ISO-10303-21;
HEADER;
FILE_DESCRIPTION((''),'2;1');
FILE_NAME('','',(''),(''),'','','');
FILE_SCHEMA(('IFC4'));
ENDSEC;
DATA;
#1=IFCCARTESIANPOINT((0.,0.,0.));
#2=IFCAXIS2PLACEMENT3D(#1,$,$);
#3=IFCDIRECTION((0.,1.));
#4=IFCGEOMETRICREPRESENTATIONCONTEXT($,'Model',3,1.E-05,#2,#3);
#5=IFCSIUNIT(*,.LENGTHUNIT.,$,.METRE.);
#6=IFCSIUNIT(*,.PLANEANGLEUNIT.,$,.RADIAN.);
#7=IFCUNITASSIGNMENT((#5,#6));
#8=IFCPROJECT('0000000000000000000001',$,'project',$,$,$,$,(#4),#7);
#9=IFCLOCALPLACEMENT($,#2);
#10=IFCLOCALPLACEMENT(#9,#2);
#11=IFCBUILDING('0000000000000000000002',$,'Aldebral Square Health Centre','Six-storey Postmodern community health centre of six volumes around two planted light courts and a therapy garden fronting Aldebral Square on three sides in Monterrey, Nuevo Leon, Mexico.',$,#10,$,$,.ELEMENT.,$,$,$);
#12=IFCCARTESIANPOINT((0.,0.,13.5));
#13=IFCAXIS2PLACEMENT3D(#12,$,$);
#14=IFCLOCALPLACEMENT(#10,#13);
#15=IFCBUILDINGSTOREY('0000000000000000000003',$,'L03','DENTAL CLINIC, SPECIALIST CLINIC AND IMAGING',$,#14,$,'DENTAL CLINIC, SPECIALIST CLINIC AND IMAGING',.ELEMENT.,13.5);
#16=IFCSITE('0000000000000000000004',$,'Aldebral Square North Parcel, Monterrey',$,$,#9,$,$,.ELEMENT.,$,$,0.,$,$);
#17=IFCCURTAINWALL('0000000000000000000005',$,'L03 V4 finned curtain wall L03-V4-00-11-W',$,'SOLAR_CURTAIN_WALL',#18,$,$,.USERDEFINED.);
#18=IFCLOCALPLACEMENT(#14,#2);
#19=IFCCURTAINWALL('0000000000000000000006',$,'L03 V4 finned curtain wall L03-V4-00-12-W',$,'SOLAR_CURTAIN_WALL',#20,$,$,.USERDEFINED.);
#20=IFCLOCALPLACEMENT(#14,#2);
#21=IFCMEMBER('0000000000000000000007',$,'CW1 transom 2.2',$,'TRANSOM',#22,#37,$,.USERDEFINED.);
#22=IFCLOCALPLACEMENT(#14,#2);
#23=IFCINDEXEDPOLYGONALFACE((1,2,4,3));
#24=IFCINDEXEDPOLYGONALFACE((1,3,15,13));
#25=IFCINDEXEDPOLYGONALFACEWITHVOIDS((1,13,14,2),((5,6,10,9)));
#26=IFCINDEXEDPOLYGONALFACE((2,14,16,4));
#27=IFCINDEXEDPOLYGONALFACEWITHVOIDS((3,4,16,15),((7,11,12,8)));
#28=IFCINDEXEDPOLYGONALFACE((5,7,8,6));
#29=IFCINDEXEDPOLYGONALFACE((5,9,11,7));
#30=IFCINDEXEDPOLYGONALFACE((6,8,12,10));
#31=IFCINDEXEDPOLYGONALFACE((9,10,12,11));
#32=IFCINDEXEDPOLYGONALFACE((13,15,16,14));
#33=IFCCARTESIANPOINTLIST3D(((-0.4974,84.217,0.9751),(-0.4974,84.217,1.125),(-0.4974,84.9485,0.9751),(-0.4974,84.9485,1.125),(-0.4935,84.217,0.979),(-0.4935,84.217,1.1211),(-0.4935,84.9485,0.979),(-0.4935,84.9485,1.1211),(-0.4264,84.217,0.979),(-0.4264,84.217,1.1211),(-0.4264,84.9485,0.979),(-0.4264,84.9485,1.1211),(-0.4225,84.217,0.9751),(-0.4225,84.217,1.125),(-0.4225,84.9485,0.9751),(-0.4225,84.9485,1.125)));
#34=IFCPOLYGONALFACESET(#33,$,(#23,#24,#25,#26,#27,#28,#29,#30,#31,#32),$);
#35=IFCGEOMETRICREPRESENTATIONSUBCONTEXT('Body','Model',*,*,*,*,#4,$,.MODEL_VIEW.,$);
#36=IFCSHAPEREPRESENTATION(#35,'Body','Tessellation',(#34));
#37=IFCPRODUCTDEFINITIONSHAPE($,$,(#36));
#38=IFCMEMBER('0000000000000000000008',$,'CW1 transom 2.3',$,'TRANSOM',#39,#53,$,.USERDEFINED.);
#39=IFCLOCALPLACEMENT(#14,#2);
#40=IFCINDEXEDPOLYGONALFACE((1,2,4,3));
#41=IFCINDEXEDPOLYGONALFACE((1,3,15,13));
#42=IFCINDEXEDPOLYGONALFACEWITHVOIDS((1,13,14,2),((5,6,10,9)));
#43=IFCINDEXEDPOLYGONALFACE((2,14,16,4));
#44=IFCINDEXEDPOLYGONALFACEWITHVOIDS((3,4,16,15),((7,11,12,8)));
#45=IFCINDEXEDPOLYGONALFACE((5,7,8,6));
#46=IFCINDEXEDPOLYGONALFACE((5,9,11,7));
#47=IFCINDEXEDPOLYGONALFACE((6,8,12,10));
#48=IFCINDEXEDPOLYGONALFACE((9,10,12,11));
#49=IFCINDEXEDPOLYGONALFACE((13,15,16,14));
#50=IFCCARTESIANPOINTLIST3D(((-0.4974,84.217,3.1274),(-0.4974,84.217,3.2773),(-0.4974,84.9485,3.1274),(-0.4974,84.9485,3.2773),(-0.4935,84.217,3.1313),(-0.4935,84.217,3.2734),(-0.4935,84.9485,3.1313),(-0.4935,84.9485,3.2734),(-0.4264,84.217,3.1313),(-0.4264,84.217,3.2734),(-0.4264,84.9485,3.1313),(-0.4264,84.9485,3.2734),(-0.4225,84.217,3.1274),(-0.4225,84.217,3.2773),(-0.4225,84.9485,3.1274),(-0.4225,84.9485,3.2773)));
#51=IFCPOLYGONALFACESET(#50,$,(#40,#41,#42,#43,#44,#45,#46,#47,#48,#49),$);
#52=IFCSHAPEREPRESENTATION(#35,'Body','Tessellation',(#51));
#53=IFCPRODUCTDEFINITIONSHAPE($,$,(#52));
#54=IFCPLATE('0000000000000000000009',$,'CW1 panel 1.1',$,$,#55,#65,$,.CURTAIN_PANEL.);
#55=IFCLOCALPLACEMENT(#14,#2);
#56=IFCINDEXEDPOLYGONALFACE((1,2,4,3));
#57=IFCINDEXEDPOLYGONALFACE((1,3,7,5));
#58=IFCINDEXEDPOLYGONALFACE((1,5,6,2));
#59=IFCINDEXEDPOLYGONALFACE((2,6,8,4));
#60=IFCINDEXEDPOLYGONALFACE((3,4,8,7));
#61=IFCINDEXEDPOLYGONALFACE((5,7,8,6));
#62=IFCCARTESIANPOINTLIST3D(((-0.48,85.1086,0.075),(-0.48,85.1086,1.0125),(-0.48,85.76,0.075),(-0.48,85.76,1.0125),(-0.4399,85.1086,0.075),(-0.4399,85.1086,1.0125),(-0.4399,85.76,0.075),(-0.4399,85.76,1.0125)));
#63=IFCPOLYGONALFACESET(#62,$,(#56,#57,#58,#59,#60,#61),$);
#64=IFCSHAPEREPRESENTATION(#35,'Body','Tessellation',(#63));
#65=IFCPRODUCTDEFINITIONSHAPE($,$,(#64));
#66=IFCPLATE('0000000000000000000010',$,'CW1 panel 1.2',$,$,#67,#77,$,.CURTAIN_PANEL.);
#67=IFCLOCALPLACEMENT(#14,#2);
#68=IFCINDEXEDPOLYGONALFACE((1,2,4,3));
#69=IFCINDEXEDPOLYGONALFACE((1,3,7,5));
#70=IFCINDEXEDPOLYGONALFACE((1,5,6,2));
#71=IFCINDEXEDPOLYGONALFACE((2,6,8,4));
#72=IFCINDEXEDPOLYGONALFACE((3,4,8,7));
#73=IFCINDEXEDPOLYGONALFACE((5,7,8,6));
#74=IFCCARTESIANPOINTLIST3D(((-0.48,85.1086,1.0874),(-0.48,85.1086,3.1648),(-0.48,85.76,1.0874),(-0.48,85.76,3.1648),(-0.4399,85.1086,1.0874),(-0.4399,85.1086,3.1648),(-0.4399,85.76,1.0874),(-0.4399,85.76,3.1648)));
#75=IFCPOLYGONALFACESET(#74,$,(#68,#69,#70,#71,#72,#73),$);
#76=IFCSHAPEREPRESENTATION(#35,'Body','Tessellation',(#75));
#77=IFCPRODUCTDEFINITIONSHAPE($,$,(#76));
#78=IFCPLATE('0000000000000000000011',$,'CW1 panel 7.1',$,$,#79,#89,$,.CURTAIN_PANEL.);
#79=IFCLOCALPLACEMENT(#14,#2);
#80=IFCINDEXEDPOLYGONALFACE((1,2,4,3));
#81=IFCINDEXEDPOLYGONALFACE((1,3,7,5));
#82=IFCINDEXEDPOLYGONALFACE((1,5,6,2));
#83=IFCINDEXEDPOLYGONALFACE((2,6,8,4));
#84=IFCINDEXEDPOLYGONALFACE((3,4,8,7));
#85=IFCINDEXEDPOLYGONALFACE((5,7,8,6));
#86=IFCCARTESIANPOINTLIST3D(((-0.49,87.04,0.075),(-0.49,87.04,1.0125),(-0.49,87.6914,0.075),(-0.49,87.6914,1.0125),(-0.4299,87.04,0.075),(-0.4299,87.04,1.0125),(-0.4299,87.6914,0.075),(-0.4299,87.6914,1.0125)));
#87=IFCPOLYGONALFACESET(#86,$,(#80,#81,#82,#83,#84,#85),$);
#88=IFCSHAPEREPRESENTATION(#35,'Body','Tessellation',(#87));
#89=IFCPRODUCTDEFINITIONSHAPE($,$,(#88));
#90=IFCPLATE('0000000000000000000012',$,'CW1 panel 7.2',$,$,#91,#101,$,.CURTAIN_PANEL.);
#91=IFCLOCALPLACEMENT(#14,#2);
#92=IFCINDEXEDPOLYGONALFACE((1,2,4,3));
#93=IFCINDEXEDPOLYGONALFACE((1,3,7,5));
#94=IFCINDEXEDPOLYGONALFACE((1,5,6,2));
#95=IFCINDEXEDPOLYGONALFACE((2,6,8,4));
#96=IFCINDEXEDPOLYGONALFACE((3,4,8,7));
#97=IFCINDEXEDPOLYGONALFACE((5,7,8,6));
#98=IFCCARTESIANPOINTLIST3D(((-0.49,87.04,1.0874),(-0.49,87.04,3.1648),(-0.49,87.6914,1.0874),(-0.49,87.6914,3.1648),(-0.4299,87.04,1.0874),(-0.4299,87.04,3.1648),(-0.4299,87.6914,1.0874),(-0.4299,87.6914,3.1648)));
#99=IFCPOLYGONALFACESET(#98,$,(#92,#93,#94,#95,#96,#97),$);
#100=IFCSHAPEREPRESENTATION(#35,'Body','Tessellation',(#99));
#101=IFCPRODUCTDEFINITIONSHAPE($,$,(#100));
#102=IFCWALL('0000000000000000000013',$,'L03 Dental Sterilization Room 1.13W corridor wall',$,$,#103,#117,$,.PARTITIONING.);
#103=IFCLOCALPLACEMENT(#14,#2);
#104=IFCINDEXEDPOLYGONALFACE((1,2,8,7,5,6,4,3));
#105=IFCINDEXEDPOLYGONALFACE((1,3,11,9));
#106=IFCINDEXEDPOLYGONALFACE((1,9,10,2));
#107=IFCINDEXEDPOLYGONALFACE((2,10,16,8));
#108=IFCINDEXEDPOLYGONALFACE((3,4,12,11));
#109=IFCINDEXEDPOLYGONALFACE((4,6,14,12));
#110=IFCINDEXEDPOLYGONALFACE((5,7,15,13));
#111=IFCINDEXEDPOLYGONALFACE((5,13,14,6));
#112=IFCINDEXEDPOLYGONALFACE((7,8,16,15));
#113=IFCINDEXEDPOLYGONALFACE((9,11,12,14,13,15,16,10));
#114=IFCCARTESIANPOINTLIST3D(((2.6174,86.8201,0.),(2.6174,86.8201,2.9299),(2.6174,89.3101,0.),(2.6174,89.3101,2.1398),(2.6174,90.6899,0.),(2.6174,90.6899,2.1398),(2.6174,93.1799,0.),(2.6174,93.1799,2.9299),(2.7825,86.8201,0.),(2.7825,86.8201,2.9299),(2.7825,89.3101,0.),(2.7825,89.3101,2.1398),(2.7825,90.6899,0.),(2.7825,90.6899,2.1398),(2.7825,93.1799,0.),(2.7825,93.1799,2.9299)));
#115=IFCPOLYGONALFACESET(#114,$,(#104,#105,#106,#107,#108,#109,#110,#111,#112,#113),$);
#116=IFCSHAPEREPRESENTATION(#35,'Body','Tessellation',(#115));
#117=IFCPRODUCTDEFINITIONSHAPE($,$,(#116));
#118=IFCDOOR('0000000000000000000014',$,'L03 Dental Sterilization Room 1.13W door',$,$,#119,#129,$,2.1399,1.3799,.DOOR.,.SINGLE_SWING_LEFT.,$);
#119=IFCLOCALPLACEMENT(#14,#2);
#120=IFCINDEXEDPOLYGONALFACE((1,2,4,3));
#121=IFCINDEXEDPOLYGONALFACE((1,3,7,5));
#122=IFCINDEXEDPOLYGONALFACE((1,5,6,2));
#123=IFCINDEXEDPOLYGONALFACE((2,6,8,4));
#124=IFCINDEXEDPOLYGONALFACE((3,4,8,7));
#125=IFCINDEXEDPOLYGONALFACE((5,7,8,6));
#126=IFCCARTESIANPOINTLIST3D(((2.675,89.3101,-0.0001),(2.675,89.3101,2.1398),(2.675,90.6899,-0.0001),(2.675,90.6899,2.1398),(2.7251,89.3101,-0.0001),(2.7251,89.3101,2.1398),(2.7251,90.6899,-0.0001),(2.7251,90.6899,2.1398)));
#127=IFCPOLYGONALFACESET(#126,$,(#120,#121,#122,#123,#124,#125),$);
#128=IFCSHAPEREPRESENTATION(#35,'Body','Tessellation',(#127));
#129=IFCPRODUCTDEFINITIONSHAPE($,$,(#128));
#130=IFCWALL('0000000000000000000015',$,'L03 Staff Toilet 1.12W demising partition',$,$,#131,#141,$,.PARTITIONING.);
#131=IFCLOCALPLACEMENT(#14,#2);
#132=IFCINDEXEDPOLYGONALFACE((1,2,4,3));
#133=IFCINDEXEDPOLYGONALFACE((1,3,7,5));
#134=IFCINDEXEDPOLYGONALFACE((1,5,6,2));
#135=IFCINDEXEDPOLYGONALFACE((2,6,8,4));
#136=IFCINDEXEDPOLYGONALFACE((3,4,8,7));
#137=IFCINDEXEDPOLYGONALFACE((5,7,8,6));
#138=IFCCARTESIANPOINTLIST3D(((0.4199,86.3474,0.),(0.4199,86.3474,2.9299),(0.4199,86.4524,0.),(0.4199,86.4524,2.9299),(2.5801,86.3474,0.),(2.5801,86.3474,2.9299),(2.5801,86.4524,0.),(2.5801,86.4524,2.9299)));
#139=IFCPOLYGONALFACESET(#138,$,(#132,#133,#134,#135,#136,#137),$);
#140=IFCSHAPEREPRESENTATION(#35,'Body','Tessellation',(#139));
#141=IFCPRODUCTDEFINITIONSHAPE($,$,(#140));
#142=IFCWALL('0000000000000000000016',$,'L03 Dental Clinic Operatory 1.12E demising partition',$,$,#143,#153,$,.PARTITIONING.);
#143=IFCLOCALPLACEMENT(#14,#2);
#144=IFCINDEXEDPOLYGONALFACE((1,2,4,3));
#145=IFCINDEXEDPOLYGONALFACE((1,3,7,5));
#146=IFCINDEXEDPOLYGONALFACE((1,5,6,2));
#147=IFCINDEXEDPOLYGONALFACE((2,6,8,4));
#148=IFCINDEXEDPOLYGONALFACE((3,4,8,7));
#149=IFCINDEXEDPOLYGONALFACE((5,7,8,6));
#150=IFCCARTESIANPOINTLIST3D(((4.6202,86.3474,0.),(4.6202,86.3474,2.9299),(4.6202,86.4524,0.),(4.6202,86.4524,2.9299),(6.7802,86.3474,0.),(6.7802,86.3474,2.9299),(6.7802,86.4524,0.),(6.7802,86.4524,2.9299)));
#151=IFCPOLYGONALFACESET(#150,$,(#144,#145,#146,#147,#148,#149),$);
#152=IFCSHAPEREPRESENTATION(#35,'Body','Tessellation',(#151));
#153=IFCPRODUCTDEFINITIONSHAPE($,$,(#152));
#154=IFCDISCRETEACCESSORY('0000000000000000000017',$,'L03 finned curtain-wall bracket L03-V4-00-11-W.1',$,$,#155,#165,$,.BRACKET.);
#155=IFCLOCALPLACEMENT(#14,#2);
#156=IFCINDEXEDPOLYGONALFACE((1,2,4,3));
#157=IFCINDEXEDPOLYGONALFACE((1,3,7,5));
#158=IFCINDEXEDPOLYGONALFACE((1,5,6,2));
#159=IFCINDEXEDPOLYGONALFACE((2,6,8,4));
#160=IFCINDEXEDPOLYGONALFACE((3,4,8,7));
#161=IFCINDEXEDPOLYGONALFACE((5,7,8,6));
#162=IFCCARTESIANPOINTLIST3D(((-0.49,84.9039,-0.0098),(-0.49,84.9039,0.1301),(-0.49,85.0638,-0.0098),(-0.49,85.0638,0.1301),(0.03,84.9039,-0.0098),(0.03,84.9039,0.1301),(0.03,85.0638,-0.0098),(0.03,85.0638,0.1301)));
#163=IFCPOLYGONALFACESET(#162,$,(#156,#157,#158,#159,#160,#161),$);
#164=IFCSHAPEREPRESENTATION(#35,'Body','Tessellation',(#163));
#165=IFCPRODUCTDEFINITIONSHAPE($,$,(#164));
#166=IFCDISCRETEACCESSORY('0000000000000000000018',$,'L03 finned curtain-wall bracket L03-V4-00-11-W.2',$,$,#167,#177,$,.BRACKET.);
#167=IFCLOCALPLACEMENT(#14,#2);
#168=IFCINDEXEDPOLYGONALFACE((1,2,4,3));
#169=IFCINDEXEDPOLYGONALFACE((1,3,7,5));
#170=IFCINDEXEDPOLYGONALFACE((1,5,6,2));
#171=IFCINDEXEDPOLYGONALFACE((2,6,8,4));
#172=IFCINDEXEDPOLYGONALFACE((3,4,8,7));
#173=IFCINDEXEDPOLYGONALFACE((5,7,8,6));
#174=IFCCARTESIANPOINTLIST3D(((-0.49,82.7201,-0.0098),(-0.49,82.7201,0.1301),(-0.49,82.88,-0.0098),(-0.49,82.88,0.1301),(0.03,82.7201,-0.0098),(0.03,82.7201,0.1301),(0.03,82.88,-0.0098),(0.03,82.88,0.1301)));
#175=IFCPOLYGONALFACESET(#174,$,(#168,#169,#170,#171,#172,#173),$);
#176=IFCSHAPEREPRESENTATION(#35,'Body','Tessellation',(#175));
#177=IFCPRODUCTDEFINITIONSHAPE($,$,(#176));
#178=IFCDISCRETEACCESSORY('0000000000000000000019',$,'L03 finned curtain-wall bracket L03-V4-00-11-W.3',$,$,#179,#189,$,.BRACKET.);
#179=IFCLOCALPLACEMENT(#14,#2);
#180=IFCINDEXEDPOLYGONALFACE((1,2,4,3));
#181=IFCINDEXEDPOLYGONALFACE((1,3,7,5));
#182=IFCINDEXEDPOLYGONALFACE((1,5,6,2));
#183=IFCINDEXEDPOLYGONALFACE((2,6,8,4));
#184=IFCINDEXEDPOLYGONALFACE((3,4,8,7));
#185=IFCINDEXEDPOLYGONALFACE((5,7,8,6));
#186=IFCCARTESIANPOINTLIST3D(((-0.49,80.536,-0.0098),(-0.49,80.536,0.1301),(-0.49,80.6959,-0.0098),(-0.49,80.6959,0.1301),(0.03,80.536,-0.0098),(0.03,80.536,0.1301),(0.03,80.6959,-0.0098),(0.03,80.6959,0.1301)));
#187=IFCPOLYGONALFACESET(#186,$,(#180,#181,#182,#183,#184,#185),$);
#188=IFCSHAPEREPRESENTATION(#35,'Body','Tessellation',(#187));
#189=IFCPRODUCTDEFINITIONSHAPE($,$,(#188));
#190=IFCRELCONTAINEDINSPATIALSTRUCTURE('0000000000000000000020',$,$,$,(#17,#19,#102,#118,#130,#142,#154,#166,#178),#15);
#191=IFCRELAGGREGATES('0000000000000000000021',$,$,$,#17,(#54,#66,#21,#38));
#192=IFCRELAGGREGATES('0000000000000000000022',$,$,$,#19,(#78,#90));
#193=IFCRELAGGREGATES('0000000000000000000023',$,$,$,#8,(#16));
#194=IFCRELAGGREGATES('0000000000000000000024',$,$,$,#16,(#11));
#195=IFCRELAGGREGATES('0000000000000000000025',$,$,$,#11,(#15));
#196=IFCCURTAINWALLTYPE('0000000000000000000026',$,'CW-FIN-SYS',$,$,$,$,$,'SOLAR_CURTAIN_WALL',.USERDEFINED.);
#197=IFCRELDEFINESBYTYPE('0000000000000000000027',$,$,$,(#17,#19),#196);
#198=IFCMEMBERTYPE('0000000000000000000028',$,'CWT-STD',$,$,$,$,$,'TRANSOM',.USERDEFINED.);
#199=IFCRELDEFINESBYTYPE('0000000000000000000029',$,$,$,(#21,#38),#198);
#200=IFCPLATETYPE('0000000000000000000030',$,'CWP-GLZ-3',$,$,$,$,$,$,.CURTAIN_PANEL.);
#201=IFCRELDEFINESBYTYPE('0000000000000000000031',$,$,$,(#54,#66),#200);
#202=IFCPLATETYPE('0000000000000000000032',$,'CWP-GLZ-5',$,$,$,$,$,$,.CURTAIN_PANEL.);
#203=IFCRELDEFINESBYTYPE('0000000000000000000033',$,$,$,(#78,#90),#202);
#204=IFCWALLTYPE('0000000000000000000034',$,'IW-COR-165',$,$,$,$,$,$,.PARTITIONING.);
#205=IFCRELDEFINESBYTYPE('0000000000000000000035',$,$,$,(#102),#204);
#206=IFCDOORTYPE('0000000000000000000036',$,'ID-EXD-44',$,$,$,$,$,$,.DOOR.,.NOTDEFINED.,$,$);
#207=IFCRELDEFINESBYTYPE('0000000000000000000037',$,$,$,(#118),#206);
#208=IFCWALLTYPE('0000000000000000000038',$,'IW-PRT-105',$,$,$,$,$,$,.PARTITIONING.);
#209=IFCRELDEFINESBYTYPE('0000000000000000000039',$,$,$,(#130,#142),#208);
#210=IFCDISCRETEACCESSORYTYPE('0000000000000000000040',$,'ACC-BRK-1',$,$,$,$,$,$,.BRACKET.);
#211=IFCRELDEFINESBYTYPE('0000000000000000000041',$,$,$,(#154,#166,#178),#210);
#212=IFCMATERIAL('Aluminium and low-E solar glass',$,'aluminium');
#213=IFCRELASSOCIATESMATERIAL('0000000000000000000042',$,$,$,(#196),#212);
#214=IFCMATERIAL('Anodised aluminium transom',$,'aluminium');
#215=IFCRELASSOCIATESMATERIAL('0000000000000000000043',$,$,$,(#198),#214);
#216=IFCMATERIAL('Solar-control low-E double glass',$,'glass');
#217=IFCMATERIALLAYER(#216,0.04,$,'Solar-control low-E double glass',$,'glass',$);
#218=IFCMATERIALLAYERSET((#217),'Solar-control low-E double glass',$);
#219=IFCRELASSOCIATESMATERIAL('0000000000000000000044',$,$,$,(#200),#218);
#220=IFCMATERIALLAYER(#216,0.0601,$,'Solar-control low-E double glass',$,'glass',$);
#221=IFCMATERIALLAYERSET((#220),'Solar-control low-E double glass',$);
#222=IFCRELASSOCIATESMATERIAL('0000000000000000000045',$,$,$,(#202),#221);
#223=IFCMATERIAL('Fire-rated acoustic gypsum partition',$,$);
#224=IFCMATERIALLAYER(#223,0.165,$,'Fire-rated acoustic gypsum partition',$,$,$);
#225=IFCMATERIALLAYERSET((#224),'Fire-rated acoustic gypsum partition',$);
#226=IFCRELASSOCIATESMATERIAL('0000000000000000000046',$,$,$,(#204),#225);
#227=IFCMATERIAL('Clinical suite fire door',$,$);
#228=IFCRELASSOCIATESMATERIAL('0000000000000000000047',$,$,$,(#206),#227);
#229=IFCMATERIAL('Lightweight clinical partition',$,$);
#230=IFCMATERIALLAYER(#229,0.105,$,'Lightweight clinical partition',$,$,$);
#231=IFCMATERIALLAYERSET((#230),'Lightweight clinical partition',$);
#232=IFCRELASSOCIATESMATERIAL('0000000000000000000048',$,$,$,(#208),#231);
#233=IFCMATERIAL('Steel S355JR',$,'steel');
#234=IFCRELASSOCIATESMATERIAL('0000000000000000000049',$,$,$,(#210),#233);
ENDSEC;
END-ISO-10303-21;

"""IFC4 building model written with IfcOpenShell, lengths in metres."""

from ifc_helpers import new_model, si_unit, direction, frame, frame_2d, origin, origin_2d, place, context, subcontext, project, spatial, rectangle, hollow_rectangle, extrude, material, layer, layer_set, material_profile, profile_set, type_object, element, fill, aggregate, save


model = new_model("IFC4")

# Units and contexts
model_context = context("Model", 3, precision=1e-05, world=origin(), true_north=direction((0.0, 1.0)))
body_context = subcontext(model_context, "Body", "Model", "MODEL_VIEW")
ifc_project = project(units=[si_unit("LENGTHUNIT", "METRE"), si_unit("PLANEANGLEUNIT", "RADIAN")], contexts=[model_context])

# Site, building, storey
site_placement = place(None, origin())
site = spatial("IfcSite", under=ifc_project, at=site_placement, Name="Aldebral Square North Parcel, Monterrey", CompositionType="ELEMENT", RefElevation=0.0)
building_placement = place(site_placement, origin())
building = spatial("IfcBuilding", under=site, at=building_placement, Name="Aldebral Square Health Centre", Description="Six-storey Postmodern community health centre of six volumes around two planted light courts and a therapy garden fronting Aldebral Square on three sides in Monterrey, Nuevo Leon, Mexico.", CompositionType="ELEMENT")
storey_placement = place(building_placement, frame((0.0, 0.0, 13.5)))
storey = spatial("IfcBuildingStorey", under=building, at=storey_placement, Name="L03", Description="DENTAL CLINIC, SPECIALIST CLINIC AND IMAGING", LongName="DENTAL CLINIC, SPECIALIST CLINIC AND IMAGING", CompositionType="ELEMENT", Elevation=13.5)

# Curtain wall
ifc_material_1 = material(Name="Aluminium and low-E solar glass", Category="aluminium")
curtain_wall_type = type_object("IfcCurtainWallType", Name="CW-FIN-SYS", ElementType="SOLAR_CURTAIN_WALL", PredefinedType="USERDEFINED", material=ifc_material_1)
curtain_wall_1_placement = place(storey_placement, origin())
curtain_wall_1 = element("IfcCurtainWall", 1, at=curtain_wall_1_placement, inside=storey, type_object=curtain_wall_type, Name="L03 V4 finned curtain wall L03-V4-00-11-W", ObjectType="SOLAR_CURTAIN_WALL", PredefinedType="USERDEFINED")

# Curtain wall
curtain_wall_2_placement = place(storey_placement, origin())
curtain_wall_2 = element("IfcCurtainWall", 2, at=curtain_wall_2_placement, inside=storey, type_object=curtain_wall_type, Name="L03 V4 finned curtain wall L03-V4-00-12-W", ObjectType="SOLAR_CURTAIN_WALL", PredefinedType="USERDEFINED")

# Members
ifc_material_2 = material(Name="Anodised aluminium transom", Category="aluminium")
ifc_material_profile_1 = material_profile(ifc_material_2, hollow_rectangle(XDim=0.075, YDim=0.1499, WallThickness=0.0039, at=origin_2d()), Name="CWT 75x150x4")
ifc_profile_set_1 = profile_set([ifc_material_profile_1], Name="Anodised aluminium transom")
member_type_1 = type_object("IfcMemberType", Name="CWT-STD", ElementType="TRANSOM", PredefinedType="USERDEFINED", material=ifc_profile_set_1)
member_1_placement = place(storey_placement, frame((-0.46, 84.9485, 1.05), z_axis=(0.0, -1.0, 0.0), x_axis=(1.0, 0.0, 0.0)))
member_1 = element("IfcMember", 3, at=member_1_placement, type_object=member_type_1, Name="CW1 transom 2.2", ObjectType="TRANSOM", PredefinedType="USERDEFINED", context=body_context, shape_type="SweptSolid", body=[
    extrude(hollow_rectangle(XDim=0.075, YDim=0.1499, WallThickness=0.0039, at=origin_2d()), origin(), (0.0, 0.0, 1.0), 0.7314),
])
member_2_placement = place(storey_placement, frame((-0.46, 84.9485, 3.2024), z_axis=(0.0, -1.0, 0.0), x_axis=(1.0, 0.0, 0.0)))
member_2 = element("IfcMember", 4, at=member_2_placement, type_object=member_type_1, Name="CW1 transom 2.3", ObjectType="TRANSOM", PredefinedType="USERDEFINED", context=body_context, shape_type="SweptSolid", body=[
    extrude(hollow_rectangle(XDim=0.075, YDim=0.1499, WallThickness=0.0039, at=origin_2d()), origin(), (0.0, 0.0, 1.0), 0.7314),
])

# Plates
ifc_material_3 = material(Name="Solar-control low-E double glass", Category="glass")
ifc_layer_1 = layer(ifc_material_3, 0.04, Name="Solar-control low-E double glass", Category="glass")
ifc_layer_set_1 = layer_set([ifc_layer_1], Name="Solar-control low-E double glass")
plate_type_1 = type_object("IfcPlateType", Name="CWP-GLZ-3", PredefinedType="CURTAIN_PANEL", material=ifc_layer_set_1)
plate_1_placement = place(storey_placement, frame((-0.46, 85.4343, 0.075), z_axis=(0.0, 0.0, 1.0), x_axis=(0.0, -1.0, 0.0)))
plate_1 = element("IfcPlate", 5, at=plate_1_placement, type_object=plate_type_1, Name="CW1 panel 1.1", PredefinedType="CURTAIN_PANEL", context=body_context, shape_type="SweptSolid", body=[
    extrude(rectangle(XDim=0.6514, YDim=0.04, at=origin_2d()), origin(), (0.0, 0.0, 1.0), 0.9375),
])
plate_2_placement = place(storey_placement, frame((-0.46, 85.4343, 1.0874), z_axis=(0.0, 0.0, 1.0), x_axis=(0.0, -1.0, 0.0)))
plate_2 = element("IfcPlate", 6, at=plate_2_placement, type_object=plate_type_1, Name="CW1 panel 1.2", PredefinedType="CURTAIN_PANEL", context=body_context, shape_type="SweptSolid", body=[
    extrude(rectangle(XDim=0.6514, YDim=0.04, at=origin_2d()), origin(), (0.0, 0.0, 1.0), 2.0774),
])
aggregate(curtain_wall_1, [plate_1, plate_2, member_1, member_2])
ifc_layer_2 = layer(ifc_material_3, 0.0601, Name="Solar-control low-E double glass", Category="glass")
ifc_layer_set_2 = layer_set([ifc_layer_2], Name="Solar-control low-E double glass")
plate_type_2 = type_object("IfcPlateType", Name="CWP-GLZ-5", PredefinedType="CURTAIN_PANEL", material=ifc_layer_set_2)
plate_3_placement = place(storey_placement, frame((-0.46, 87.3657, 0.075), z_axis=(0.0, 0.0, 1.0), x_axis=(0.0, -1.0, 0.0)))
plate_3 = element("IfcPlate", 7, at=plate_3_placement, type_object=plate_type_2, Name="CW1 panel 7.1", PredefinedType="CURTAIN_PANEL", context=body_context, shape_type="SweptSolid", body=[
    extrude(rectangle(XDim=0.6514, YDim=0.0601, at=origin_2d()), origin(), (0.0, 0.0, 1.0), 0.9375),
])
plate_4_placement = place(storey_placement, frame((-0.46, 87.3657, 1.0874), z_axis=(0.0, 0.0, 1.0), x_axis=(0.0, -1.0, 0.0)))
plate_4 = element("IfcPlate", 8, at=plate_4_placement, type_object=plate_type_2, Name="CW1 panel 7.2", PredefinedType="CURTAIN_PANEL", context=body_context, shape_type="SweptSolid", body=[
    extrude(rectangle(XDim=0.6514, YDim=0.0601, at=origin_2d()), origin(), (0.0, 0.0, 1.0), 2.0774),
])
aggregate(curtain_wall_2, [plate_3, plate_4])

# Wall, opening, door
ifc_material_4 = material(Name="Fire-rated acoustic gypsum partition")
ifc_layer_3 = layer(ifc_material_4, 0.165, Name="Fire-rated acoustic gypsum partition")
ifc_layer_set_3 = layer_set([ifc_layer_3], Name="Fire-rated acoustic gypsum partition")
wall_type_1 = type_object("IfcWallType", Name="IW-COR-165", PredefinedType="PARTITIONING", material=ifc_layer_set_3)
wall_1_placement = place(storey_placement, frame((2.7, 86.8201, 0.0), z_axis=(0.0, 0.0, 1.0), x_axis=(0.0, 1.0, 0.0)))
wall_1 = element("IfcWall", 9, at=wall_1_placement, inside=storey, type_object=wall_type_1, Name="L03 Dental Sterilization Room 1.13W corridor wall", PredefinedType="PARTITIONING", context=body_context, shape_type="SweptSolid", body=[
    extrude(rectangle(XDim=6.3599, YDim=0.165, at=frame_2d((3.1799, 0.0))), origin(), (0.0, 0.0, 1.0), 2.9299),
])
opening_1_placement = place(wall_1_placement, frame((2.49, 0.0, 0.0)))
opening_1 = element("IfcOpeningElement", 10, at=opening_1_placement, cuts=wall_1, PredefinedType="OPENING", context=body_context, shape_type="SweptSolid", body=[
    extrude(rectangle(XDim=1.3799, YDim=2.1399, at=frame_2d((0.6899, 1.0698))), frame((0.0, 0.0925, 0.0), z_axis=(0.0, -1.0, 0.0), x_axis=(1.0, 0.0, 0.0)), (0.0, 0.0, 1.0), 0.1851),
])
ifc_material_5 = material(Name="Clinical suite fire door")
door_type_1 = type_object("IfcDoorType", Name="ID-EXD-44", OperationType="NOTDEFINED", PredefinedType="DOOR", material=ifc_material_5)
door_1_placement = place(opening_1_placement, origin())
door_1 = element("IfcDoor", 11, at=door_1_placement, inside=storey, type_object=door_type_1, Name="L03 Dental Sterilization Room 1.13W door", OperationType="SINGLE_SWING_LEFT", OverallHeight=2.1399, OverallWidth=1.3799, PredefinedType="DOOR", context=body_context, shape_type="SweptSolid", body=[
    extrude(rectangle(XDim=1.3799, YDim=2.1399, at=frame_2d((0.6899, 1.0698))), frame((0.0, 0.0249, 0.0), z_axis=(0.0, -1.0, 0.0), x_axis=(1.0, 0.0, 0.0)), (0.0, 0.0, 1.0), 0.05),
])
fill(opening_1, door_1)

# Walls
ifc_material_6 = material(Name="Lightweight clinical partition")
ifc_layer_4 = layer(ifc_material_6, 0.105, Name="Lightweight clinical partition")
ifc_layer_set_4 = layer_set([ifc_layer_4], Name="Lightweight clinical partition")
wall_type_2 = type_object("IfcWallType", Name="IW-PRT-105", PredefinedType="PARTITIONING", material=ifc_layer_set_4)
wall_2_placement = place(storey_placement, frame((0.4199, 86.3999, 0.0), z_axis=(0.0, 0.0, 1.0), x_axis=(1.0, 0.0, 0.0)))
element("IfcWall", 12, at=wall_2_placement, inside=storey, type_object=wall_type_2, Name="L03 Staff Toilet 1.12W demising partition", PredefinedType="PARTITIONING", context=body_context, shape_type="SweptSolid", body=[
    extrude(rectangle(XDim=2.1602, YDim=0.105, at=frame_2d((1.0801, 0.0))), origin(), (0.0, 0.0, 1.0), 2.9299),
])
wall_3_placement = place(storey_placement, frame((4.6201, 86.3999, 0.0), z_axis=(0.0, 0.0, 1.0), x_axis=(1.0, 0.0, 0.0)))
element("IfcWall", 13, at=wall_3_placement, inside=storey, type_object=wall_type_2, Name="L03 Dental Clinic Operatory 1.12E demising partition", PredefinedType="PARTITIONING", context=body_context, shape_type="SweptSolid", body=[
    extrude(rectangle(XDim=2.1599, YDim=0.105, at=frame_2d((1.0801, 0.0))), origin(), (0.0, 0.0, 1.0), 2.9299),
])

# Discrete accessories
ifc_material_7 = material(Name="Steel S355JR", Category="steel")
discrete_accessory_type = type_object("IfcDiscreteAccessoryType", Name="ACC-BRK-1", PredefinedType="BRACKET", material=ifc_material_7)
for number, where, z_axis, x_axis, name in (
    (14, (-0.23, 84.9839, -0.0098), (0.0, 0.0, 1.0), (0.0, 1.0, 0.0), "L03 finned curtain-wall bracket L03-V4-00-11-W.1"),
    (15, (-0.23, 82.8, -0.0098), (0.0, 0.0, 1.0), (0.0, 1.0, 0.0), "L03 finned curtain-wall bracket L03-V4-00-11-W.2"),
    (16, (-0.23, 80.616, -0.0098), (0.0, 0.0, 1.0), (0.0, 1.0, 0.0), "L03 finned curtain-wall bracket L03-V4-00-11-W.3"),
):
    element("IfcDiscreteAccessory", number, at=place(storey_placement, frame(where, z_axis=z_axis, x_axis=x_axis)), inside=storey, type_object=discrete_accessory_type, Name=name, PredefinedType="BRACKET", context=body_context, shape_type="SweptSolid", body=[
        extrude(rectangle(XDim=0.1599, YDim=0.52, at=origin_2d()), origin(), (0.0, 0.0, 1.0), 0.1399),
    ])

save(model, "model.ifc")
